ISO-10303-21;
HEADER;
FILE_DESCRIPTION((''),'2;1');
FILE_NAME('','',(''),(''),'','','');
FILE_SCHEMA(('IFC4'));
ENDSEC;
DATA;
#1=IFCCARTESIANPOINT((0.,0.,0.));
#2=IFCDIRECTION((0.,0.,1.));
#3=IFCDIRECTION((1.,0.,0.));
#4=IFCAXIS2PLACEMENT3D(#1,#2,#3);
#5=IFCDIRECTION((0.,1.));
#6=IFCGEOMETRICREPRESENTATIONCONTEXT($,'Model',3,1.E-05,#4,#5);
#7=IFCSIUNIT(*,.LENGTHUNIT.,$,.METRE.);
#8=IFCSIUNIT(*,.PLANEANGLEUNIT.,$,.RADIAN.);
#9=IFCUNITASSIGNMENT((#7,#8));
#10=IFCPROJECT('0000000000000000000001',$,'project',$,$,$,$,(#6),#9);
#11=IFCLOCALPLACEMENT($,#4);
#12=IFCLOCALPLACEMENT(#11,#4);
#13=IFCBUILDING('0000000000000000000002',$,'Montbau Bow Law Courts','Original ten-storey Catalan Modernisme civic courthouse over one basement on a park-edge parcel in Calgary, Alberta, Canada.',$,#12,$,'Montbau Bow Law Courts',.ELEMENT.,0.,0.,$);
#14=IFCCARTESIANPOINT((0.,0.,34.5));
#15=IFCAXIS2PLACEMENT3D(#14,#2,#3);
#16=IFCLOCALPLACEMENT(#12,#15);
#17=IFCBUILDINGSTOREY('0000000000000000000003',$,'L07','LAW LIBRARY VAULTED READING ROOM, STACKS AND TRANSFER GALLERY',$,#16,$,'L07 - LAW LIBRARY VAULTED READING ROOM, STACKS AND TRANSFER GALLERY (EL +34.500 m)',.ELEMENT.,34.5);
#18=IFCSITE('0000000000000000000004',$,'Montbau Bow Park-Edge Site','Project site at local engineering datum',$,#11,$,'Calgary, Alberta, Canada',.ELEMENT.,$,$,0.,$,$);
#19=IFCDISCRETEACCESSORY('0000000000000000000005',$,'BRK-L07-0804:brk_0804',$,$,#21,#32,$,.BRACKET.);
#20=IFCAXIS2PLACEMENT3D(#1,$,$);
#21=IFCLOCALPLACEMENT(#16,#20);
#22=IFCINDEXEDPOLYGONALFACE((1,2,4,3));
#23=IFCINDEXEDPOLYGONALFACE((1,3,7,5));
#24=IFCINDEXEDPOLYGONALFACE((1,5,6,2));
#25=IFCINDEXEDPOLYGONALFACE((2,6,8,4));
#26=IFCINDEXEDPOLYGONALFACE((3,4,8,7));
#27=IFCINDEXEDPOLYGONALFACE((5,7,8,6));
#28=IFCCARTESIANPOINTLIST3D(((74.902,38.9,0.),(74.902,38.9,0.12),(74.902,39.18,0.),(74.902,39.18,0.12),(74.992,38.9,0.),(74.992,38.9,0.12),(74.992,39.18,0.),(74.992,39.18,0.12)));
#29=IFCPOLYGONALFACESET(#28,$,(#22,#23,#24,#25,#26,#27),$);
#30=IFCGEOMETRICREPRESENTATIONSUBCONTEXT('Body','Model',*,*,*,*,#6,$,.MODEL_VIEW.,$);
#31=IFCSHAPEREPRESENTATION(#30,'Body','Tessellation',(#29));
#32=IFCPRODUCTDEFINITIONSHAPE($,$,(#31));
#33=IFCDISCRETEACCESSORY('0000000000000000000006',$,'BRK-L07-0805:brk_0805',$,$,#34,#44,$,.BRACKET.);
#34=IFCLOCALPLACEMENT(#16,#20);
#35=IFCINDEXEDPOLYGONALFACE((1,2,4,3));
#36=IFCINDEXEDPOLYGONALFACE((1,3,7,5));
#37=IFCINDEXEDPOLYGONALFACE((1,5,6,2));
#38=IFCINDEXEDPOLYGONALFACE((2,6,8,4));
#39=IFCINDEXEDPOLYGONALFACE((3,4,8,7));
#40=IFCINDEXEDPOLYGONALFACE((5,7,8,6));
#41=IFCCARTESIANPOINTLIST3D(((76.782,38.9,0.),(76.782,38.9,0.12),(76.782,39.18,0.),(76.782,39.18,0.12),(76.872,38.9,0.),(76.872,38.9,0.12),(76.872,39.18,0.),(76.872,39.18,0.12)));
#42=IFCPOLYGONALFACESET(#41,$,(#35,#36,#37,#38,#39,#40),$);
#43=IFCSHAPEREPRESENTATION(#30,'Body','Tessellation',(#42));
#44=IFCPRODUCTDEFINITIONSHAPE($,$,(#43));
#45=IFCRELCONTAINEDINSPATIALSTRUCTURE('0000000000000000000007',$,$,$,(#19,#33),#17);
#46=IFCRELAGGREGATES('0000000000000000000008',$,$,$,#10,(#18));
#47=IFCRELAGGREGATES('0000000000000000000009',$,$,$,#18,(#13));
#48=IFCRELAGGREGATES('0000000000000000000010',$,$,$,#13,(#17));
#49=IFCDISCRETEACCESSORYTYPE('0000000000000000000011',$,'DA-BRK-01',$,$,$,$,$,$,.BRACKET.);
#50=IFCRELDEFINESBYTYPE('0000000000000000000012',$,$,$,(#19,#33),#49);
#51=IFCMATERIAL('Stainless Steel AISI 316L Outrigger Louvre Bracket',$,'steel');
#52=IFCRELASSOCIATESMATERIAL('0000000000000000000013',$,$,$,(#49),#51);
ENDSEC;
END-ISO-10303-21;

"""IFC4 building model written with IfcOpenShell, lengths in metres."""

from ifc_helpers import new_model, si_unit, direction, frame, origin_with_axes, origin_2d_with_axis, place, context, subcontext, project, spatial, rectangle, extrude, material, type_object, element, save


model = new_model("IFC4")

# Units and contexts
model_context = context("Model", 3, precision=1e-05, world=origin_with_axes(), true_north=direction((0.0, 1.0)))
body_context = subcontext(model_context, "Body", "Model", "MODEL_VIEW")
ifc_project = project(units=[si_unit("LENGTHUNIT", "METRE"), si_unit("PLANEANGLEUNIT", "RADIAN")], contexts=[model_context])

# Site, building, storey
site_placement = place(None, origin_with_axes())
site = spatial("IfcSite", under=ifc_project, at=site_placement, Name="Montbau Bow Park-Edge Site", Description="Project site at local engineering datum", LongName="Calgary, Alberta, Canada", CompositionType="ELEMENT", RefElevation=0.0)
building_placement = place(site_placement, origin_with_axes())
building = spatial("IfcBuilding", under=site, at=building_placement, Name="Montbau Bow Law Courts", Description="Original ten-storey Catalan Modernisme civic courthouse over one basement on a park-edge parcel in Calgary, Alberta, Canada.", LongName="Montbau Bow Law Courts", CompositionType="ELEMENT", ElevationOfRefHeight=0.0, ElevationOfTerrain=0.0)
storey_placement = place(building_placement, frame((0.0, 0.0, 34.5), z_axis=(0.0, 0.0, 1.0), x_axis=(1.0, 0.0, 0.0)))
storey = spatial("IfcBuildingStorey", under=building, at=storey_placement, Name="L07", Description="LAW LIBRARY VAULTED READING ROOM, STACKS AND TRANSFER GALLERY", LongName="L07 - LAW LIBRARY VAULTED READING ROOM, STACKS AND TRANSFER GALLERY (EL +34.500 m)", CompositionType="ELEMENT", Elevation=34.5)

# Discrete accessories
ifc_material_1 = material(Name="Stainless Steel AISI 316L Outrigger Louvre Bracket", Category="steel")
discrete_accessory_type = type_object("IfcDiscreteAccessoryType", Name="DA-BRK-01", PredefinedType="BRACKET", material=ifc_material_1)
for number, where, z_axis, x_axis, name in (
    (1, (74.947, 39.04, 34.5), (0.0, 0.0, 1.0), (0.0, -1.0, 0.0), "BRK-L07-0804:brk_0804"),
    (2, (76.827, 39.04, 34.5), (0.0, 0.0, 1.0), (0.0, -1.0, 0.0), "BRK-L07-0805:brk_0805"),
):
    element("IfcDiscreteAccessory", number, at=place(None, frame(where, z_axis=z_axis, x_axis=x_axis)), inside=storey, type_object=discrete_accessory_type, Name=name, PredefinedType="BRACKET", context=body_context, shape_type="SweptSolid", body=[
        extrude(rectangle(XDim=0.28, YDim=0.09, at=origin_2d_with_axis()), origin_with_axes(), (0.0, 0.0, 1.0), 0.12),
    ])

save(model, "model.ifc")
